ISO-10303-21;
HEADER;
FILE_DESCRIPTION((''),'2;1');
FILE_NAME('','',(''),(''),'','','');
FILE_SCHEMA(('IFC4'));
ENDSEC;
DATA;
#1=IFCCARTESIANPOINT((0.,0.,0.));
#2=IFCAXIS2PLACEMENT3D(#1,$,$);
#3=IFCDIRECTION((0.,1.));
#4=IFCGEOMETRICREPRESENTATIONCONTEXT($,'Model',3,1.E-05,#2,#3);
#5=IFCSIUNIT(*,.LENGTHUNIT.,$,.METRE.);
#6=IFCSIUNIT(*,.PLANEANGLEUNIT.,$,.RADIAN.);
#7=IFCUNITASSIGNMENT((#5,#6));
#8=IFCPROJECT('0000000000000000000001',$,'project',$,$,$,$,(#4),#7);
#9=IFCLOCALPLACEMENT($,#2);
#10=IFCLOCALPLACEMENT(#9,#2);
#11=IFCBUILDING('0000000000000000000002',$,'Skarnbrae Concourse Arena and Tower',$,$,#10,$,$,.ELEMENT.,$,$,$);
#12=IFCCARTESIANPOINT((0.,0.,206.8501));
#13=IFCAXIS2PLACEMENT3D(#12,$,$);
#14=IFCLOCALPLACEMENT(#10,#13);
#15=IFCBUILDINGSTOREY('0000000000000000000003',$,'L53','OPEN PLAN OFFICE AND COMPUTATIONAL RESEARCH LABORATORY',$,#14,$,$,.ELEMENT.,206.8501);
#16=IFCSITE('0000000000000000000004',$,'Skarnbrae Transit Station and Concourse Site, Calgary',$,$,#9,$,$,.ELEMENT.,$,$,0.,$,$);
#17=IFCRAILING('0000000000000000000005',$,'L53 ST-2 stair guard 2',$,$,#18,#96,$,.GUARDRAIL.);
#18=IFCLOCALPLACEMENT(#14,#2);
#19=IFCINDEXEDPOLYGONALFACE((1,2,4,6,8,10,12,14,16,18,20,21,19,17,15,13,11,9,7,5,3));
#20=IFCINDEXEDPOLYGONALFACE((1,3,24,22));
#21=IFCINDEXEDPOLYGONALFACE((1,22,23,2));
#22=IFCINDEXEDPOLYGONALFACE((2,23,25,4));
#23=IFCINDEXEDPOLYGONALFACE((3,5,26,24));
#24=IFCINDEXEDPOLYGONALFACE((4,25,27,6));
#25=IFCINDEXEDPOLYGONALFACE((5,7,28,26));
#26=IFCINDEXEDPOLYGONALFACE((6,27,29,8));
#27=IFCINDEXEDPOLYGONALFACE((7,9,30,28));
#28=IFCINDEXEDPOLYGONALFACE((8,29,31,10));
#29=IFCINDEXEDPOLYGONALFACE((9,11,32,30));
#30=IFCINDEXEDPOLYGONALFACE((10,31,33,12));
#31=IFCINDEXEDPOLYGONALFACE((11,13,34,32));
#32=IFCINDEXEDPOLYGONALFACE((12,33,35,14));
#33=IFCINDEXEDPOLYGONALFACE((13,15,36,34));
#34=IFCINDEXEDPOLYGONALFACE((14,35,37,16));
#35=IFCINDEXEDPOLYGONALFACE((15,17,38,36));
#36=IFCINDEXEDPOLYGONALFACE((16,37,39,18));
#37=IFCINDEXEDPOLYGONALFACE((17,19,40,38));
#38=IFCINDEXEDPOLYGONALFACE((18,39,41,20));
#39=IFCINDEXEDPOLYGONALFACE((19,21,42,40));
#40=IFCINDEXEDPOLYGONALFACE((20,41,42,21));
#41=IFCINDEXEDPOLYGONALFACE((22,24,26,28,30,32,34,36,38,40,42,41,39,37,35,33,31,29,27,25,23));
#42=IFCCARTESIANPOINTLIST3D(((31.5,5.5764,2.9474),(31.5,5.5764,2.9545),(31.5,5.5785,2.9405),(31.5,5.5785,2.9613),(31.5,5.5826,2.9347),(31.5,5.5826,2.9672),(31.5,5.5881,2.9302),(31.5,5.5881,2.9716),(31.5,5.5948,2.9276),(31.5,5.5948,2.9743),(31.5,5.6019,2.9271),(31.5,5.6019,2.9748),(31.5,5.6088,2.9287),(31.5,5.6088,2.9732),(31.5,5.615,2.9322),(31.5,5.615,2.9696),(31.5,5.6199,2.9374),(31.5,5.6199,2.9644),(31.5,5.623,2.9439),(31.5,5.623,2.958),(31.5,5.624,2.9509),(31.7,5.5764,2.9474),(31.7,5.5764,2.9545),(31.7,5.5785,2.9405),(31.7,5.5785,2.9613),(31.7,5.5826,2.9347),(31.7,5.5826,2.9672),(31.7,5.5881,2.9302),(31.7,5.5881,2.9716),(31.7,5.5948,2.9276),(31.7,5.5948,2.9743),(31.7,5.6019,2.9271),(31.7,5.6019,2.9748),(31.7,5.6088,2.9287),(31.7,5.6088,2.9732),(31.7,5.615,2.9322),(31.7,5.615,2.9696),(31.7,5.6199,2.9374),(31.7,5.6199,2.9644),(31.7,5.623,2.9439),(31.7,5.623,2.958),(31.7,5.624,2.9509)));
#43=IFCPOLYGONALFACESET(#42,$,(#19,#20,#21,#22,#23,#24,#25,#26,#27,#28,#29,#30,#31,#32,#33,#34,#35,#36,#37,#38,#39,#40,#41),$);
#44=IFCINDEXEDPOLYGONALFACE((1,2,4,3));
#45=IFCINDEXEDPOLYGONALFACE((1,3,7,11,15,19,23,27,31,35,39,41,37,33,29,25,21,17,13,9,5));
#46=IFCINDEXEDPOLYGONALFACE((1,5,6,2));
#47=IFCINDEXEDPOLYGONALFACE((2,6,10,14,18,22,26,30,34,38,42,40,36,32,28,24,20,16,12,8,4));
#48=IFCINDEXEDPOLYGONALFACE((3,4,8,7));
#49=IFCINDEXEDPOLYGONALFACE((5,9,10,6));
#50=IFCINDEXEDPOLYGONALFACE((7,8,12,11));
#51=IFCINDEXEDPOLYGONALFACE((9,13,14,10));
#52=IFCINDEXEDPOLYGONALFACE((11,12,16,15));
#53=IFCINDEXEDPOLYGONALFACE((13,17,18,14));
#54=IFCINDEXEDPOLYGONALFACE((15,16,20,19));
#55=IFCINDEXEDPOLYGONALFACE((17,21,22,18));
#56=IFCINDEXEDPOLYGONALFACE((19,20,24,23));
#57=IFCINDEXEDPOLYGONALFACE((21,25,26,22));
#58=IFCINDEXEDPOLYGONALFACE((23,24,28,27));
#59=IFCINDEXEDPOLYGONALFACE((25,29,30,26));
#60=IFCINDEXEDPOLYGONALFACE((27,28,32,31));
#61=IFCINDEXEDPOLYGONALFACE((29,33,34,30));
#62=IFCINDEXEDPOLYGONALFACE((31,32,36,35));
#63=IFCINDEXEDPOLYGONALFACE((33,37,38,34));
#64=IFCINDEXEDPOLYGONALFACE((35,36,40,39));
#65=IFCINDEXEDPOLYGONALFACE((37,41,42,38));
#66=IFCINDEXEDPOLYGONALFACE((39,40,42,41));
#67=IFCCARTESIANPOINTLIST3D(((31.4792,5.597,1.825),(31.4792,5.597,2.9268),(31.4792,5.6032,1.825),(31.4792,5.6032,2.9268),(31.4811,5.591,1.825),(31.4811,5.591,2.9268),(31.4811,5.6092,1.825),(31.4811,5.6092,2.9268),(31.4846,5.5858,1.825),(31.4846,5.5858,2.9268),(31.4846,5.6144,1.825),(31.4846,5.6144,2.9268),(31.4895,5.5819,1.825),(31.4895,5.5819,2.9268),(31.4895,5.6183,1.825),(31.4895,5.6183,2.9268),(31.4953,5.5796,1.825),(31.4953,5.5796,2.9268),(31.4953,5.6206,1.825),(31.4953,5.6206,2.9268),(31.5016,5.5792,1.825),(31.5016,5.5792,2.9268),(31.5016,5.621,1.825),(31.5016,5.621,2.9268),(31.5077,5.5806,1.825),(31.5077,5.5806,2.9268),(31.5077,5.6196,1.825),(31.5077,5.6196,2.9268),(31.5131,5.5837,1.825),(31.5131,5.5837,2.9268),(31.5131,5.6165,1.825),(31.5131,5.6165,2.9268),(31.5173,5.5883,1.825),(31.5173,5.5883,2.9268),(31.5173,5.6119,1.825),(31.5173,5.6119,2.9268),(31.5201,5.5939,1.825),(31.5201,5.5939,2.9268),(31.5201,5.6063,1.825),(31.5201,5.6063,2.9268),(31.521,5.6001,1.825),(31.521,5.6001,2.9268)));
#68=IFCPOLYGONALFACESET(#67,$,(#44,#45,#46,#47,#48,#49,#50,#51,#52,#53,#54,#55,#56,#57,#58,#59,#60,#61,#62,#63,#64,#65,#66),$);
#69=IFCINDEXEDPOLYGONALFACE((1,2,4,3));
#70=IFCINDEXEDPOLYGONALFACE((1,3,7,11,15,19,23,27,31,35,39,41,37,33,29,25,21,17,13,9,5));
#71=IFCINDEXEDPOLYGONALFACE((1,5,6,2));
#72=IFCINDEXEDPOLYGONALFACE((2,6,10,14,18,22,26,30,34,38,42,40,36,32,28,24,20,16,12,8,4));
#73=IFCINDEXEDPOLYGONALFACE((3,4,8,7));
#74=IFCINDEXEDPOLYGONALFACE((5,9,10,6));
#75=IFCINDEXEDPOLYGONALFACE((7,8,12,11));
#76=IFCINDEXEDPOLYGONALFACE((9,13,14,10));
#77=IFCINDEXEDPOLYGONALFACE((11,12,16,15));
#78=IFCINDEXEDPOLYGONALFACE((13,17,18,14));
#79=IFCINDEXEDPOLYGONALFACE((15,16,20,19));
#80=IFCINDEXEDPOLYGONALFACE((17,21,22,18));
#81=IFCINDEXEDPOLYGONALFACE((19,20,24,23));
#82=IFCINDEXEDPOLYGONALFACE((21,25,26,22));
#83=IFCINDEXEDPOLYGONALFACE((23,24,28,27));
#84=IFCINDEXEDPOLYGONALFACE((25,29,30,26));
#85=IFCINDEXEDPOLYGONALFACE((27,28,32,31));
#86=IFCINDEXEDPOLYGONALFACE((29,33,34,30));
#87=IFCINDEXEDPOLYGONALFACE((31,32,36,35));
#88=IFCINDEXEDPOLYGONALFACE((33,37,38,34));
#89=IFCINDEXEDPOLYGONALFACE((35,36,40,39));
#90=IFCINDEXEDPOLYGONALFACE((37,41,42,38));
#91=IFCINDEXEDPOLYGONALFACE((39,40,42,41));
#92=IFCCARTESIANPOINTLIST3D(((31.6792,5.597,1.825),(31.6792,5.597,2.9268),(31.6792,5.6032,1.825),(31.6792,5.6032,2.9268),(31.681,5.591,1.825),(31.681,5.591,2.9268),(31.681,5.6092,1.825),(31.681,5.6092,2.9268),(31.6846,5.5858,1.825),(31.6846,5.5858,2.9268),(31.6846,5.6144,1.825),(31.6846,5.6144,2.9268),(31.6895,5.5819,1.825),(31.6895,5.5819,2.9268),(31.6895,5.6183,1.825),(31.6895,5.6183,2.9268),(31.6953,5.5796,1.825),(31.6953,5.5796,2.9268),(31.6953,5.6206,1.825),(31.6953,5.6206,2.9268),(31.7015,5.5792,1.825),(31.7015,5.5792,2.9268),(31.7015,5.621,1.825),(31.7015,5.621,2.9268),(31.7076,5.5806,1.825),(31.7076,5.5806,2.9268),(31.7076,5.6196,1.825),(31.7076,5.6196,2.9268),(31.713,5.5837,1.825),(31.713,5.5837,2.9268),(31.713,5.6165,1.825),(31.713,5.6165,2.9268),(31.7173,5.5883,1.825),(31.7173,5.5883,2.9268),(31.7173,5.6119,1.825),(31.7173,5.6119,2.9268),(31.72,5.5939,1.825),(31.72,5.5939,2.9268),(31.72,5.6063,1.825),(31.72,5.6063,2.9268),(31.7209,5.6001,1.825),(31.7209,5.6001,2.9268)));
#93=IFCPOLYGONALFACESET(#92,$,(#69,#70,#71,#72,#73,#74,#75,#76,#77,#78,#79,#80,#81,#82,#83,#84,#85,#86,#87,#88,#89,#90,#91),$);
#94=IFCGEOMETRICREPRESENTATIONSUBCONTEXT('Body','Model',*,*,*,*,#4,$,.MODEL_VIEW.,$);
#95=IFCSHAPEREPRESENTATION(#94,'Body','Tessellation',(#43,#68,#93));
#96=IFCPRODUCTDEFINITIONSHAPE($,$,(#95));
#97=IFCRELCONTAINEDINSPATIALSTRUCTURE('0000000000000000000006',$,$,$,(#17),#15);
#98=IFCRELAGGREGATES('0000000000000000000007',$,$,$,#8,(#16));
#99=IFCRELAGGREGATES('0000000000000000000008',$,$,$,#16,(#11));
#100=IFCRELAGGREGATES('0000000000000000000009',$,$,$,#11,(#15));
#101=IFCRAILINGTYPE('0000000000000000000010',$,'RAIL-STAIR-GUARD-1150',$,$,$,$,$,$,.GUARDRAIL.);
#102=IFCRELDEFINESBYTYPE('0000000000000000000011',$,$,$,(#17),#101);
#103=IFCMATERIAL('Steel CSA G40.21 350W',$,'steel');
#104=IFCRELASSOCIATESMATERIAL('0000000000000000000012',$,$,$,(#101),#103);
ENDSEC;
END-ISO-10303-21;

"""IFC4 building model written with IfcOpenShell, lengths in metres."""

from ifc_helpers import new_model, si_unit, direction, frame, origin, origin_2d, place, context, subcontext, project, spatial, circle, extrude, material, type_object, element, save


model = new_model("IFC4")

# Units and contexts
model_context = context("Model", 3, precision=1e-05, world=origin(), true_north=direction((0.0, 1.0)))
body_context = subcontext(model_context, "Body", "Model", "MODEL_VIEW")
ifc_project = project(units=[si_unit("LENGTHUNIT", "METRE"), si_unit("PLANEANGLEUNIT", "RADIAN")], contexts=[model_context])

# Site, building, storey
site_placement = place(None, origin())
site = spatial("IfcSite", under=ifc_project, at=site_placement, Name="Skarnbrae Transit Station and Concourse Site, Calgary", CompositionType="ELEMENT", RefElevation=0.0)
building_placement = place(site_placement, origin())
building = spatial("IfcBuilding", under=site, at=building_placement, Name="Skarnbrae Concourse Arena and Tower", CompositionType="ELEMENT")
storey_placement = place(building_placement, frame((0.0, 0.0, 206.8501)))
storey = spatial("IfcBuildingStorey", under=building, at=storey_placement, Name="L53", Description="OPEN PLAN OFFICE AND COMPUTATIONAL RESEARCH LABORATORY", CompositionType="ELEMENT", Elevation=206.8501)

# Shared definitions
ifc_material_1 = material(Name="Steel CSA G40.21 350W", Category="steel")

# Railing
railing_type_1 = type_object("IfcRailingType", Name="RAIL-STAIR-GUARD-1150", PredefinedType="GUARDRAIL", material=ifc_material_1)
railing_1_placement = place(storey_placement, frame((31.5, 5.6001, 1.825)))
element("IfcRailing", 1, at=railing_1_placement, inside=storey, type_object=railing_type_1, Name="L53 ST-2 stair guard 2", PredefinedType="GUARDRAIL", context=body_context, shape_type="SweptSolid", body=[
    extrude(circle(Radius=0.0239, at=origin_2d()), frame((0.0, 0.0, 1.126), z_axis=(1.0, 0.0, 0.0), x_axis=(0.0, 1.0, 0.0)), (0.0, 0.0, 1.0), 0.2),
    extrude(circle(Radius=0.021, at=origin_2d()), origin(), (0.0, 0.0, 1.0), 1.1018),
    extrude(circle(Radius=0.021, at=origin_2d()), frame((0.2, 0.0, 0.0)), (0.0, 0.0, 1.0), 1.1018),
])

save(model, "model.ifc")
